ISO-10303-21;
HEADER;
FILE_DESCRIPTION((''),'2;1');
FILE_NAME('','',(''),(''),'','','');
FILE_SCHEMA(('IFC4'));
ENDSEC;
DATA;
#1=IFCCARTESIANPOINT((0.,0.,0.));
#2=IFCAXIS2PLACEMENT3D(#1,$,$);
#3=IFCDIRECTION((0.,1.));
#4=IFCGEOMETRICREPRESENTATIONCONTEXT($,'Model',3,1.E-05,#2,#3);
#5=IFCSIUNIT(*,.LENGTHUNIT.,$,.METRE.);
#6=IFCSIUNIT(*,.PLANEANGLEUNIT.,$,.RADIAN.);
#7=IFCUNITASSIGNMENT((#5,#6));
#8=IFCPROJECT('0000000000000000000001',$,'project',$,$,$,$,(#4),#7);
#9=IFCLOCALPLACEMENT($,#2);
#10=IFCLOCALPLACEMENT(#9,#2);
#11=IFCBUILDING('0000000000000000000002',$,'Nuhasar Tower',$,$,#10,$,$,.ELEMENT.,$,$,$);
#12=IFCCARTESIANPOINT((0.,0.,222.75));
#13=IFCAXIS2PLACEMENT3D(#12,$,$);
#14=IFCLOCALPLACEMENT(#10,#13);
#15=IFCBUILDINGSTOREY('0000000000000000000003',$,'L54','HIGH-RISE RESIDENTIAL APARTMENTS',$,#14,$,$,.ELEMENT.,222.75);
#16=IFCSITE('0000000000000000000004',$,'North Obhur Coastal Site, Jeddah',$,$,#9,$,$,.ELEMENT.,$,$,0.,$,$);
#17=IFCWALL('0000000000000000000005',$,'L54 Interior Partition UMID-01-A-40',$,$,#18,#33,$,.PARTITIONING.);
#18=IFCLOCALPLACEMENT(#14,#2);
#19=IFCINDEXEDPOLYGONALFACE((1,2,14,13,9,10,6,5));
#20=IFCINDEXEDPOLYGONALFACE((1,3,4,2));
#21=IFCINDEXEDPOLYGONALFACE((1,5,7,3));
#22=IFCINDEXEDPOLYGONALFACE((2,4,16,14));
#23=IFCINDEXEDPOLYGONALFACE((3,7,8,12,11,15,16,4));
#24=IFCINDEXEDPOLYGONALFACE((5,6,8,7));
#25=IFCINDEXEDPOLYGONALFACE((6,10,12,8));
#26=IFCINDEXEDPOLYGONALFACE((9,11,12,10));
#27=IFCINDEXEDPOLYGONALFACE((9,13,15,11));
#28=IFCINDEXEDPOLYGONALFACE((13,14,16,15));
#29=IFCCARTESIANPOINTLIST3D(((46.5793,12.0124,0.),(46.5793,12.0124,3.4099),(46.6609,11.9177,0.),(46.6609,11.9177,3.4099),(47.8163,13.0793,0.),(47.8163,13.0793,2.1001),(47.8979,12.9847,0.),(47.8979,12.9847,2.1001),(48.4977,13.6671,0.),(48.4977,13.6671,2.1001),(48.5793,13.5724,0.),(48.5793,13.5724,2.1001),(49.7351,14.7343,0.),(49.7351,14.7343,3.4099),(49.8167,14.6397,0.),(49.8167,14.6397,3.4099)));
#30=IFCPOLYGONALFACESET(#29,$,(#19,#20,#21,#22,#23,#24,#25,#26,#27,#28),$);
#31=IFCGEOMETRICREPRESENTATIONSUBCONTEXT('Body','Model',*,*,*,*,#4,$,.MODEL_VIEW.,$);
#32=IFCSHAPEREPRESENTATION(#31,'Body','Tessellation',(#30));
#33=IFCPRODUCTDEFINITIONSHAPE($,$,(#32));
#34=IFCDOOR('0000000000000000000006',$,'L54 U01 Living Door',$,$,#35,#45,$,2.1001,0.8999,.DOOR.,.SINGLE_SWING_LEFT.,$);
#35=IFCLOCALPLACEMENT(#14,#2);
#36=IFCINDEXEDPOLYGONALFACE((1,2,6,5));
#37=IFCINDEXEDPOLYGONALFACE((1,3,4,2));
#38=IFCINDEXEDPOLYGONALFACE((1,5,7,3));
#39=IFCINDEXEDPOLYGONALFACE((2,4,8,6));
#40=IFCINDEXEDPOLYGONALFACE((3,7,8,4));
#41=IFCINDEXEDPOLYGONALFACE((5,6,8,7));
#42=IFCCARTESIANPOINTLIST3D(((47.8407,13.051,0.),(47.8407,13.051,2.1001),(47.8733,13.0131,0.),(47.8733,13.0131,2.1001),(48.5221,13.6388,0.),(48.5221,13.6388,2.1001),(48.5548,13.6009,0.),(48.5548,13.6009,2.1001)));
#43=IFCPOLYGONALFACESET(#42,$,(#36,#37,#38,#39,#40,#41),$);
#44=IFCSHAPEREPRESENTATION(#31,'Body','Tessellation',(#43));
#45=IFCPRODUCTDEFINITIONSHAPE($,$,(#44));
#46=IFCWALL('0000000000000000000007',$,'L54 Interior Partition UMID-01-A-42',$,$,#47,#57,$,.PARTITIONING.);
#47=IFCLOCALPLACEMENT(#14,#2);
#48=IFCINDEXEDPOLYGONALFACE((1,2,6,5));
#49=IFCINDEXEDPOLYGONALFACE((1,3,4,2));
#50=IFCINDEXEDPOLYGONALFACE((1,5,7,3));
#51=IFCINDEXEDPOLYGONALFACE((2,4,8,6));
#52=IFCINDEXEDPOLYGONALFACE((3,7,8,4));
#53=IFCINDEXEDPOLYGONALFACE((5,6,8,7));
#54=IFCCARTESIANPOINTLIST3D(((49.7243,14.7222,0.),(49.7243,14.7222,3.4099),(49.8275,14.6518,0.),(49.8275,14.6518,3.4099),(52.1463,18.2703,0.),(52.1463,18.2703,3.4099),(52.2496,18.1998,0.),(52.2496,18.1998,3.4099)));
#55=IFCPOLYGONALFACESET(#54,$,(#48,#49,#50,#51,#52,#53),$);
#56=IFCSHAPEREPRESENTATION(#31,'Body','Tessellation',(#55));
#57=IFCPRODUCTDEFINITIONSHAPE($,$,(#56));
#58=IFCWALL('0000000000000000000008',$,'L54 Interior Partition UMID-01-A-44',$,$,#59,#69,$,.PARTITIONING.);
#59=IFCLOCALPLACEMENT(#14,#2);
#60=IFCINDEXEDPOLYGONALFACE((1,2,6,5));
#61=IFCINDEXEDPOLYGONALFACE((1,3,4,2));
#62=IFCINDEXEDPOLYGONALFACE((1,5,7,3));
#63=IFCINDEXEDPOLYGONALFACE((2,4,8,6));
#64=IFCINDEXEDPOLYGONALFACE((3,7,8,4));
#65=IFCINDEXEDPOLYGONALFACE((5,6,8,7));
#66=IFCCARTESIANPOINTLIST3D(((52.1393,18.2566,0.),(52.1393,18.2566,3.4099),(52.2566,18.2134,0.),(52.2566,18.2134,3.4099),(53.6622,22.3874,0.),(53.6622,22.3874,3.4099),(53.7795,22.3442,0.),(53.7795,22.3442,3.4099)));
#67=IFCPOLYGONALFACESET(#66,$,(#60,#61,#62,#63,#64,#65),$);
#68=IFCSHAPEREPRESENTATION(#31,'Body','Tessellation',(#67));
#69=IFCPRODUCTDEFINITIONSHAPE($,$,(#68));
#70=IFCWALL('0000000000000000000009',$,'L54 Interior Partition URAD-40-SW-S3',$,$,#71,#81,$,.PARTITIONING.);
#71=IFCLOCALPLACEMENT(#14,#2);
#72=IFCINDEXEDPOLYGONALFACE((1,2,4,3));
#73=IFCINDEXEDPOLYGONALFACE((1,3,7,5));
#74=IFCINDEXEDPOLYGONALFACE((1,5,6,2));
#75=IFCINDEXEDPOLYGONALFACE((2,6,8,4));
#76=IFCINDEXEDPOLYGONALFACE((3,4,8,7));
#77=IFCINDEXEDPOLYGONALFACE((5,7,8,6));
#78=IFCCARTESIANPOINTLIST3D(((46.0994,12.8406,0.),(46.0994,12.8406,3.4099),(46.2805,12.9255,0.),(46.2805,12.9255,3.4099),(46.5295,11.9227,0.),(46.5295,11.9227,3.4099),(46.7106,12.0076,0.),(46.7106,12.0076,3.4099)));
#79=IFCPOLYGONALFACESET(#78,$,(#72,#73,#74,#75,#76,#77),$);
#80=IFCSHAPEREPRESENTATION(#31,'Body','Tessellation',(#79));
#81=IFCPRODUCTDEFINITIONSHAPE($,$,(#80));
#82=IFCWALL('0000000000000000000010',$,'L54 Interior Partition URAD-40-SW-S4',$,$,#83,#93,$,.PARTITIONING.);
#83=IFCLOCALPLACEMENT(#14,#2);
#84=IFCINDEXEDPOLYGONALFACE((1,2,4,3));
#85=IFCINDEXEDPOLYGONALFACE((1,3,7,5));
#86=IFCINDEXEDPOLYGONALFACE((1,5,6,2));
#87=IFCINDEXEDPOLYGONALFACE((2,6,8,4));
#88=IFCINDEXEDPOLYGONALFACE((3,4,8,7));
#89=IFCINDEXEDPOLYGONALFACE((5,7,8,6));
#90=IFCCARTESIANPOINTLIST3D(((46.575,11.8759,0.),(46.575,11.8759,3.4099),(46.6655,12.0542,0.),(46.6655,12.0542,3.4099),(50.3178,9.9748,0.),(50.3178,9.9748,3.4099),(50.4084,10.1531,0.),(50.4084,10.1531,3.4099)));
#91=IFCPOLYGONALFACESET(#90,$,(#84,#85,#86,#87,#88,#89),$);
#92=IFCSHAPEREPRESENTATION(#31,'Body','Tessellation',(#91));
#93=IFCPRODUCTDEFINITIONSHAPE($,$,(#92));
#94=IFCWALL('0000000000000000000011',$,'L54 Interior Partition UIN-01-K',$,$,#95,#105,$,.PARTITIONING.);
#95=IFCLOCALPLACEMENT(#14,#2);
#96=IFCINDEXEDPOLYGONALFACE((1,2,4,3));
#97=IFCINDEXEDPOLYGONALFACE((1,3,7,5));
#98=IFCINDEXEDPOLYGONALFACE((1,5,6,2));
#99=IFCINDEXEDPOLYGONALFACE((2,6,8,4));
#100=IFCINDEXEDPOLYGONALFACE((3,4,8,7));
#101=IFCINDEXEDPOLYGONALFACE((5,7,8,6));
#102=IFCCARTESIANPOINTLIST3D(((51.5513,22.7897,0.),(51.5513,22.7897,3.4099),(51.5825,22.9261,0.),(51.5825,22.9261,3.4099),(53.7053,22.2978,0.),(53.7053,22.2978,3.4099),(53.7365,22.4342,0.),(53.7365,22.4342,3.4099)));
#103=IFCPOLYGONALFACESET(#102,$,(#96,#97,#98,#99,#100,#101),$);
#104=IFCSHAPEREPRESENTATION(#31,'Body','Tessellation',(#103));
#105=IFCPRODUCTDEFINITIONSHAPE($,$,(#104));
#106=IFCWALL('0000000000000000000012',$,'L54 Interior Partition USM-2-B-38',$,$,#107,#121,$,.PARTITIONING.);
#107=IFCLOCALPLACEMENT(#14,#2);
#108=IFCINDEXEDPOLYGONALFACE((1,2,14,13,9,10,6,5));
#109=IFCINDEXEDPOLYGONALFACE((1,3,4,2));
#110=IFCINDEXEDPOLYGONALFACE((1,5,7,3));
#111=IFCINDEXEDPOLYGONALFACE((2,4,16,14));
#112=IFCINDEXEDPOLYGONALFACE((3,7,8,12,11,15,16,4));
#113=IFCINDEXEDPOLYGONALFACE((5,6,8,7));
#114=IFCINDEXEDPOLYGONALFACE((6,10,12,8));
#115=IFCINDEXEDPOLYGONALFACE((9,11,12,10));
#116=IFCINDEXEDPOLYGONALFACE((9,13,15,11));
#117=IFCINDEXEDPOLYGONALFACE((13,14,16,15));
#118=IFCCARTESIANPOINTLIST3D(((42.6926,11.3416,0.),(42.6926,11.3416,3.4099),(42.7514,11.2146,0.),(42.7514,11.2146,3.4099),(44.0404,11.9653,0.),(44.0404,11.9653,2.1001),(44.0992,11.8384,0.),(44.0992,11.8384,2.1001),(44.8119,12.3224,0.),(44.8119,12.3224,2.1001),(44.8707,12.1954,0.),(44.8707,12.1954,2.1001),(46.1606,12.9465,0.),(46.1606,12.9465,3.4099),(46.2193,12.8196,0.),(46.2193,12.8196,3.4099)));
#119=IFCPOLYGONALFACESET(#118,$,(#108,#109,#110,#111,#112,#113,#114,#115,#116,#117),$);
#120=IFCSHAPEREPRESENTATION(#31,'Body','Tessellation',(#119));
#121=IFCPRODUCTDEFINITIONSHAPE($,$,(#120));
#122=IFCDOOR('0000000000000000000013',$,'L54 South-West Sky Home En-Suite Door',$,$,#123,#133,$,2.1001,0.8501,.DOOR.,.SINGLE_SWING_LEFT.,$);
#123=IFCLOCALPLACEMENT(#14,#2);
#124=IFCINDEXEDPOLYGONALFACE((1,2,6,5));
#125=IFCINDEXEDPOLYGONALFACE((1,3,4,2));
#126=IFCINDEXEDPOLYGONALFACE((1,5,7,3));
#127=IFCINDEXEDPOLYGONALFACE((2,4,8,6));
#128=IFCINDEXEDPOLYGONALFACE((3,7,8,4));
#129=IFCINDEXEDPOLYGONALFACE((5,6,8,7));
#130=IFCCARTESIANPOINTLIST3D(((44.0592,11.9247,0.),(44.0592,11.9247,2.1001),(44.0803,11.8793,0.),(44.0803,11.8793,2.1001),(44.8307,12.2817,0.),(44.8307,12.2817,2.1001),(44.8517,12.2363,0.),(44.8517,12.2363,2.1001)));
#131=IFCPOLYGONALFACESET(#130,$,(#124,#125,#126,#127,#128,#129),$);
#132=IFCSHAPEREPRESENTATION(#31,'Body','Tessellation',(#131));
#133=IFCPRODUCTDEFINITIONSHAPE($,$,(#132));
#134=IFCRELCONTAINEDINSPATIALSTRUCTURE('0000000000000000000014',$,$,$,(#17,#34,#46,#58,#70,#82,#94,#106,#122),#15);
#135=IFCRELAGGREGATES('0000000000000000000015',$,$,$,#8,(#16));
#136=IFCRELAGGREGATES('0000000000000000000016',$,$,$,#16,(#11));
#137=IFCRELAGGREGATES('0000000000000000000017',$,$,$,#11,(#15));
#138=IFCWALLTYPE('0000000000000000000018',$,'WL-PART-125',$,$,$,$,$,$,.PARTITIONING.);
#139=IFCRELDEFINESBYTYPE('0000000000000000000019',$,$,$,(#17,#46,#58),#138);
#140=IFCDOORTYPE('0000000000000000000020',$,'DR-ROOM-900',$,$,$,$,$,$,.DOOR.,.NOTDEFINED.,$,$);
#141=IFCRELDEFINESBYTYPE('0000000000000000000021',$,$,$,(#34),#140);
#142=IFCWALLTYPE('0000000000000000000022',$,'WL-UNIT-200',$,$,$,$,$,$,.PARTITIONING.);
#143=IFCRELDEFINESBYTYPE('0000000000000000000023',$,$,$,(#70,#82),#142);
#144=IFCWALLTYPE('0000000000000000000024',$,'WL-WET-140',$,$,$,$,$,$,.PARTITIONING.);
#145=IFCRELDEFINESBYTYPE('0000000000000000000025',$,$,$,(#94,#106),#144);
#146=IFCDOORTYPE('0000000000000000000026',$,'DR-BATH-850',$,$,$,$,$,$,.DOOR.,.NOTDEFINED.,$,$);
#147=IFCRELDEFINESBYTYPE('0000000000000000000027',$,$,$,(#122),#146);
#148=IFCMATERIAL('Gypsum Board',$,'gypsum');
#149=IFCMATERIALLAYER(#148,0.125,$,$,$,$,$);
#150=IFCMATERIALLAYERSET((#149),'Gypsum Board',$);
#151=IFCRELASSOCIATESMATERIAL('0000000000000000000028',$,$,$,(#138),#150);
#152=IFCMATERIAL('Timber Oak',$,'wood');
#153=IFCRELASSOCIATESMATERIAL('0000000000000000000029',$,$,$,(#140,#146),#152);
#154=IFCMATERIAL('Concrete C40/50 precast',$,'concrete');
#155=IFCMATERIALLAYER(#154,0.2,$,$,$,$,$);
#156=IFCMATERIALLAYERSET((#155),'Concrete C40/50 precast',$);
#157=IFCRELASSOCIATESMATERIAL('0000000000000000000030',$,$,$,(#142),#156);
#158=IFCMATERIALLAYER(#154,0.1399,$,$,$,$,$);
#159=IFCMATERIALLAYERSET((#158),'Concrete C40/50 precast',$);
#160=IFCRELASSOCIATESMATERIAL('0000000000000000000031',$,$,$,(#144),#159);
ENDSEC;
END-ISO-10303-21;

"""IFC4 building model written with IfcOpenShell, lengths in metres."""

from ifc_helpers import new_model, si_unit, direction, frame, frame_2d, origin, place, context, subcontext, project, spatial, rectangle, extrude, material, layer, layer_set, type_object, element, fill, save


model = new_model("IFC4")

# Units and contexts
model_context = context("Model", 3, precision=1e-05, world=origin(), true_north=direction((0.0, 1.0)))
body_context = subcontext(model_context, "Body", "Model", "MODEL_VIEW")
ifc_project = project(units=[si_unit("LENGTHUNIT", "METRE"), si_unit("PLANEANGLEUNIT", "RADIAN")], contexts=[model_context])

# Site, building, storey
site_placement = place(None, origin())
site = spatial("IfcSite", under=ifc_project, at=site_placement, Name="North Obhur Coastal Site, Jeddah", CompositionType="ELEMENT", RefElevation=0.0)
building_placement = place(site_placement, origin())
building = spatial("IfcBuilding", under=site, at=building_placement, Name="Nuhasar Tower", CompositionType="ELEMENT")
storey_placement = place(building_placement, frame((0.0, 0.0, 222.75)))
storey = spatial("IfcBuildingStorey", under=building, at=storey_placement, Name="L54", Description="HIGH-RISE RESIDENTIAL APARTMENTS", CompositionType="ELEMENT", Elevation=222.75)

# Shared definitions
ifc_material_1 = material(Name="Gypsum Board", Category="gypsum")

# Shared definitions
ifc_material_2 = material(Name="Timber Oak", Category="wood")

# Wall, opening, door
ifc_layer_1 = layer(ifc_material_1, 0.125)
ifc_layer_set_1 = layer_set([ifc_layer_1], Name="Gypsum Board")
wall_type_1 = type_object("IfcWallType", Name="WL-PART-125", PredefinedType="PARTITIONING", material=ifc_layer_set_1)
wall_1_placement = place(storey_placement, frame((49.7759, 14.687, 0.0), z_axis=(0.0, 0.0, 1.0), x_axis=(-0.757239, -0.653138, 0.0)))
wall_1 = element("IfcWall", 1, at=wall_1_placement, inside=storey, type_object=wall_type_1, Name="L54 Interior Partition UMID-01-A-40", PredefinedType="PARTITIONING", context=body_context, shape_type="SweptSolid", body=[
    extrude(rectangle(XDim=4.1675, YDim=0.125, at=frame_2d((2.0837, 0.0))), origin(), (0.0, 0.0, 1.0), 3.4099),
])
opening_1_placement = place(wall_1_placement, frame((1.634, 0.0, 0.0)))
opening_1 = element("IfcOpeningElement", 2, at=opening_1_placement, cuts=wall_1, PredefinedType="OPENING", context=body_context, shape_type="SweptSolid", body=[
    extrude(rectangle(XDim=0.8999, YDim=2.1001, at=frame_2d((0.45, 1.05))), frame((0.0, 0.0725, 0.0), z_axis=(0.0, -1.0, 0.0), x_axis=(1.0, 0.0, 0.0)), (0.0, 0.0, 1.0), 0.145),
])
door_type_1 = type_object("IfcDoorType", Name="DR-ROOM-900", OperationType="NOTDEFINED", PredefinedType="DOOR", material=ifc_material_2)
door_1_placement = place(opening_1_placement, origin())
door_1 = element("IfcDoor", 3, at=door_1_placement, inside=storey, type_object=door_type_1, Name="L54 U01 Living Door", OperationType="SINGLE_SWING_LEFT", OverallHeight=2.1001, OverallWidth=0.8999, PredefinedType="DOOR", context=body_context, shape_type="SweptSolid", body=[
    extrude(rectangle(XDim=0.8999, YDim=2.1001, at=frame_2d((0.45, 1.05))), frame((0.0, 0.0249, 0.0), z_axis=(0.0, -1.0, 0.0), x_axis=(1.0, 0.0, 0.0)), (0.0, 0.0, 1.0), 0.05),
])
fill(opening_1, door_1)

# Walls
wall_2_placement = place(storey_placement, frame((49.7759, 14.687, 0.0), z_axis=(0.0, 0.0, 1.0), x_axis=(0.563808, 0.825906, 0.0)))
element("IfcWall", 4, at=wall_2_placement, inside=storey, type_object=wall_type_1, Name="L54 Interior Partition UMID-01-A-42", PredefinedType="PARTITIONING", context=body_context, shape_type="SweptSolid", body=[
    extrude(rectangle(XDim=4.2959, YDim=0.125, at=frame_2d((2.1479, 0.0))), origin(), (0.0, 0.0, 1.0), 3.4099),
])
wall_3_placement = place(storey_placement, frame((52.198, 18.2351, 0.0), z_axis=(0.0, 0.0, 1.0), x_axis=(0.345916, 0.938265, 0.0)))
element("IfcWall", 5, at=wall_3_placement, inside=storey, type_object=wall_type_1, Name="L54 Interior Partition UMID-01-A-44", PredefinedType="PARTITIONING", context=body_context, shape_type="SweptSolid", body=[
    extrude(rectangle(XDim=4.4026, YDim=0.125, at=frame_2d((2.2012, 0.0))), origin(), (0.0, 0.0, 1.0), 3.4099),
])
ifc_material_3 = material(Name="Concrete C40/50 precast", Category="concrete")
ifc_layer_2 = layer(ifc_material_3, 0.2)
ifc_layer_set_2 = layer_set([ifc_layer_2], Name="Concrete C40/50 precast")
wall_type_2 = type_object("IfcWallType", Name="WL-UNIT-200", PredefinedType="PARTITIONING", material=ifc_layer_set_2)
wall_4_placement = place(storey_placement, frame((46.1899, 12.8831, 0.0), z_axis=(0.0, 0.0, 1.0), x_axis=(0.424335, -0.905505, 0.0)))
element("IfcWall", 6, at=wall_4_placement, inside=storey, type_object=wall_type_2, Name="L54 Interior Partition URAD-40-SW-S3", PredefinedType="PARTITIONING", context=body_context, shape_type="SweptSolid", body=[
    extrude(rectangle(XDim=1.0137, YDim=0.2, at=frame_2d((0.5068, 0.0))), origin(), (0.0, 0.0, 1.0), 3.4099),
])
wall_5_placement = place(storey_placement, frame((46.6201, 11.9651, 0.0), z_axis=(0.0, 0.0, 1.0), x_axis=(0.891583, -0.452857, 0.0)))
element("IfcWall", 7, at=wall_5_placement, inside=storey, type_object=wall_type_2, Name="L54 Interior Partition URAD-40-SW-S4", PredefinedType="PARTITIONING", context=body_context, shape_type="SweptSolid", body=[
    extrude(rectangle(XDim=4.198, YDim=0.2, at=frame_2d((2.0991, 0.0))), origin(), (0.0, 0.0, 1.0), 3.4099),
])
ifc_layer_3 = layer(ifc_material_3, 0.1399)
ifc_layer_set_3 = layer_set([ifc_layer_3], Name="Concrete C40/50 precast")
wall_type_3 = type_object("IfcWallType", Name="WL-WET-140", PredefinedType="PARTITIONING", material=ifc_layer_set_3)
wall_6_placement = place(storey_placement, frame((51.5669, 22.8579, 0.0), z_axis=(0.0, 0.0, 1.0), x_axis=(0.974899, -0.222648, 0.0)))
element("IfcWall", 8, at=wall_6_placement, inside=storey, type_object=wall_type_3, Name="L54 Interior Partition UIN-01-K", PredefinedType="PARTITIONING", context=body_context, shape_type="SweptSolid", body=[
    extrude(rectangle(XDim=2.2095, YDim=0.1399, at=frame_2d((1.1047, 0.0))), origin(), (0.0, 0.0, 1.0), 3.4099),
])

# Wall, opening, door
wall_7_placement = place(storey_placement, frame((46.1899, 12.8831, 0.0), z_axis=(0.0, 0.0, 1.0), x_axis=(-0.907525, -0.419998, 0.0)))
wall_7 = element("IfcWall", 9, at=wall_7_placement, inside=storey, type_object=wall_type_3, Name="L54 Interior Partition USM-2-B-38", PredefinedType="PARTITIONING", context=body_context, shape_type="SweptSolid", body=[
    extrude(rectangle(XDim=3.8213, YDim=0.1399, at=frame_2d((1.9106, 0.0))), origin(), (0.0, 0.0, 1.0), 3.4099),
])
opening_2_placement = place(wall_7_placement, frame((1.4861, 0.0, 0.0)))
opening_2 = element("IfcOpeningElement", 10, at=opening_2_placement, cuts=wall_7, PredefinedType="OPENING", context=body_context, shape_type="SweptSolid", body=[
    extrude(rectangle(XDim=0.8501, YDim=2.1001, at=frame_2d((0.425, 1.05))), frame((0.0, 0.0801, 0.0), z_axis=(0.0, -1.0, 0.0), x_axis=(1.0, 0.0, 0.0)), (0.0, 0.0, 1.0), 0.1599),
])
door_type_2 = type_object("IfcDoorType", Name="DR-BATH-850", OperationType="NOTDEFINED", PredefinedType="DOOR", material=ifc_material_2)
door_2_placement = place(opening_2_placement, origin())
door_2 = element("IfcDoor", 11, at=door_2_placement, inside=storey, type_object=door_type_2, Name="L54 South-West Sky Home En-Suite Door", OperationType="SINGLE_SWING_LEFT", OverallHeight=2.1001, OverallWidth=0.8501, PredefinedType="DOOR", context=body_context, shape_type="SweptSolid", body=[
    extrude(rectangle(XDim=0.8501, YDim=2.1001, at=frame_2d((0.425, 1.05))), frame((0.0, 0.0249, 0.0), z_axis=(0.0, -1.0, 0.0), x_axis=(1.0, 0.0, 0.0)), (0.0, 0.0, 1.0), 0.05),
])
fill(opening_2, door_2)

save(model, "model.ifc")
